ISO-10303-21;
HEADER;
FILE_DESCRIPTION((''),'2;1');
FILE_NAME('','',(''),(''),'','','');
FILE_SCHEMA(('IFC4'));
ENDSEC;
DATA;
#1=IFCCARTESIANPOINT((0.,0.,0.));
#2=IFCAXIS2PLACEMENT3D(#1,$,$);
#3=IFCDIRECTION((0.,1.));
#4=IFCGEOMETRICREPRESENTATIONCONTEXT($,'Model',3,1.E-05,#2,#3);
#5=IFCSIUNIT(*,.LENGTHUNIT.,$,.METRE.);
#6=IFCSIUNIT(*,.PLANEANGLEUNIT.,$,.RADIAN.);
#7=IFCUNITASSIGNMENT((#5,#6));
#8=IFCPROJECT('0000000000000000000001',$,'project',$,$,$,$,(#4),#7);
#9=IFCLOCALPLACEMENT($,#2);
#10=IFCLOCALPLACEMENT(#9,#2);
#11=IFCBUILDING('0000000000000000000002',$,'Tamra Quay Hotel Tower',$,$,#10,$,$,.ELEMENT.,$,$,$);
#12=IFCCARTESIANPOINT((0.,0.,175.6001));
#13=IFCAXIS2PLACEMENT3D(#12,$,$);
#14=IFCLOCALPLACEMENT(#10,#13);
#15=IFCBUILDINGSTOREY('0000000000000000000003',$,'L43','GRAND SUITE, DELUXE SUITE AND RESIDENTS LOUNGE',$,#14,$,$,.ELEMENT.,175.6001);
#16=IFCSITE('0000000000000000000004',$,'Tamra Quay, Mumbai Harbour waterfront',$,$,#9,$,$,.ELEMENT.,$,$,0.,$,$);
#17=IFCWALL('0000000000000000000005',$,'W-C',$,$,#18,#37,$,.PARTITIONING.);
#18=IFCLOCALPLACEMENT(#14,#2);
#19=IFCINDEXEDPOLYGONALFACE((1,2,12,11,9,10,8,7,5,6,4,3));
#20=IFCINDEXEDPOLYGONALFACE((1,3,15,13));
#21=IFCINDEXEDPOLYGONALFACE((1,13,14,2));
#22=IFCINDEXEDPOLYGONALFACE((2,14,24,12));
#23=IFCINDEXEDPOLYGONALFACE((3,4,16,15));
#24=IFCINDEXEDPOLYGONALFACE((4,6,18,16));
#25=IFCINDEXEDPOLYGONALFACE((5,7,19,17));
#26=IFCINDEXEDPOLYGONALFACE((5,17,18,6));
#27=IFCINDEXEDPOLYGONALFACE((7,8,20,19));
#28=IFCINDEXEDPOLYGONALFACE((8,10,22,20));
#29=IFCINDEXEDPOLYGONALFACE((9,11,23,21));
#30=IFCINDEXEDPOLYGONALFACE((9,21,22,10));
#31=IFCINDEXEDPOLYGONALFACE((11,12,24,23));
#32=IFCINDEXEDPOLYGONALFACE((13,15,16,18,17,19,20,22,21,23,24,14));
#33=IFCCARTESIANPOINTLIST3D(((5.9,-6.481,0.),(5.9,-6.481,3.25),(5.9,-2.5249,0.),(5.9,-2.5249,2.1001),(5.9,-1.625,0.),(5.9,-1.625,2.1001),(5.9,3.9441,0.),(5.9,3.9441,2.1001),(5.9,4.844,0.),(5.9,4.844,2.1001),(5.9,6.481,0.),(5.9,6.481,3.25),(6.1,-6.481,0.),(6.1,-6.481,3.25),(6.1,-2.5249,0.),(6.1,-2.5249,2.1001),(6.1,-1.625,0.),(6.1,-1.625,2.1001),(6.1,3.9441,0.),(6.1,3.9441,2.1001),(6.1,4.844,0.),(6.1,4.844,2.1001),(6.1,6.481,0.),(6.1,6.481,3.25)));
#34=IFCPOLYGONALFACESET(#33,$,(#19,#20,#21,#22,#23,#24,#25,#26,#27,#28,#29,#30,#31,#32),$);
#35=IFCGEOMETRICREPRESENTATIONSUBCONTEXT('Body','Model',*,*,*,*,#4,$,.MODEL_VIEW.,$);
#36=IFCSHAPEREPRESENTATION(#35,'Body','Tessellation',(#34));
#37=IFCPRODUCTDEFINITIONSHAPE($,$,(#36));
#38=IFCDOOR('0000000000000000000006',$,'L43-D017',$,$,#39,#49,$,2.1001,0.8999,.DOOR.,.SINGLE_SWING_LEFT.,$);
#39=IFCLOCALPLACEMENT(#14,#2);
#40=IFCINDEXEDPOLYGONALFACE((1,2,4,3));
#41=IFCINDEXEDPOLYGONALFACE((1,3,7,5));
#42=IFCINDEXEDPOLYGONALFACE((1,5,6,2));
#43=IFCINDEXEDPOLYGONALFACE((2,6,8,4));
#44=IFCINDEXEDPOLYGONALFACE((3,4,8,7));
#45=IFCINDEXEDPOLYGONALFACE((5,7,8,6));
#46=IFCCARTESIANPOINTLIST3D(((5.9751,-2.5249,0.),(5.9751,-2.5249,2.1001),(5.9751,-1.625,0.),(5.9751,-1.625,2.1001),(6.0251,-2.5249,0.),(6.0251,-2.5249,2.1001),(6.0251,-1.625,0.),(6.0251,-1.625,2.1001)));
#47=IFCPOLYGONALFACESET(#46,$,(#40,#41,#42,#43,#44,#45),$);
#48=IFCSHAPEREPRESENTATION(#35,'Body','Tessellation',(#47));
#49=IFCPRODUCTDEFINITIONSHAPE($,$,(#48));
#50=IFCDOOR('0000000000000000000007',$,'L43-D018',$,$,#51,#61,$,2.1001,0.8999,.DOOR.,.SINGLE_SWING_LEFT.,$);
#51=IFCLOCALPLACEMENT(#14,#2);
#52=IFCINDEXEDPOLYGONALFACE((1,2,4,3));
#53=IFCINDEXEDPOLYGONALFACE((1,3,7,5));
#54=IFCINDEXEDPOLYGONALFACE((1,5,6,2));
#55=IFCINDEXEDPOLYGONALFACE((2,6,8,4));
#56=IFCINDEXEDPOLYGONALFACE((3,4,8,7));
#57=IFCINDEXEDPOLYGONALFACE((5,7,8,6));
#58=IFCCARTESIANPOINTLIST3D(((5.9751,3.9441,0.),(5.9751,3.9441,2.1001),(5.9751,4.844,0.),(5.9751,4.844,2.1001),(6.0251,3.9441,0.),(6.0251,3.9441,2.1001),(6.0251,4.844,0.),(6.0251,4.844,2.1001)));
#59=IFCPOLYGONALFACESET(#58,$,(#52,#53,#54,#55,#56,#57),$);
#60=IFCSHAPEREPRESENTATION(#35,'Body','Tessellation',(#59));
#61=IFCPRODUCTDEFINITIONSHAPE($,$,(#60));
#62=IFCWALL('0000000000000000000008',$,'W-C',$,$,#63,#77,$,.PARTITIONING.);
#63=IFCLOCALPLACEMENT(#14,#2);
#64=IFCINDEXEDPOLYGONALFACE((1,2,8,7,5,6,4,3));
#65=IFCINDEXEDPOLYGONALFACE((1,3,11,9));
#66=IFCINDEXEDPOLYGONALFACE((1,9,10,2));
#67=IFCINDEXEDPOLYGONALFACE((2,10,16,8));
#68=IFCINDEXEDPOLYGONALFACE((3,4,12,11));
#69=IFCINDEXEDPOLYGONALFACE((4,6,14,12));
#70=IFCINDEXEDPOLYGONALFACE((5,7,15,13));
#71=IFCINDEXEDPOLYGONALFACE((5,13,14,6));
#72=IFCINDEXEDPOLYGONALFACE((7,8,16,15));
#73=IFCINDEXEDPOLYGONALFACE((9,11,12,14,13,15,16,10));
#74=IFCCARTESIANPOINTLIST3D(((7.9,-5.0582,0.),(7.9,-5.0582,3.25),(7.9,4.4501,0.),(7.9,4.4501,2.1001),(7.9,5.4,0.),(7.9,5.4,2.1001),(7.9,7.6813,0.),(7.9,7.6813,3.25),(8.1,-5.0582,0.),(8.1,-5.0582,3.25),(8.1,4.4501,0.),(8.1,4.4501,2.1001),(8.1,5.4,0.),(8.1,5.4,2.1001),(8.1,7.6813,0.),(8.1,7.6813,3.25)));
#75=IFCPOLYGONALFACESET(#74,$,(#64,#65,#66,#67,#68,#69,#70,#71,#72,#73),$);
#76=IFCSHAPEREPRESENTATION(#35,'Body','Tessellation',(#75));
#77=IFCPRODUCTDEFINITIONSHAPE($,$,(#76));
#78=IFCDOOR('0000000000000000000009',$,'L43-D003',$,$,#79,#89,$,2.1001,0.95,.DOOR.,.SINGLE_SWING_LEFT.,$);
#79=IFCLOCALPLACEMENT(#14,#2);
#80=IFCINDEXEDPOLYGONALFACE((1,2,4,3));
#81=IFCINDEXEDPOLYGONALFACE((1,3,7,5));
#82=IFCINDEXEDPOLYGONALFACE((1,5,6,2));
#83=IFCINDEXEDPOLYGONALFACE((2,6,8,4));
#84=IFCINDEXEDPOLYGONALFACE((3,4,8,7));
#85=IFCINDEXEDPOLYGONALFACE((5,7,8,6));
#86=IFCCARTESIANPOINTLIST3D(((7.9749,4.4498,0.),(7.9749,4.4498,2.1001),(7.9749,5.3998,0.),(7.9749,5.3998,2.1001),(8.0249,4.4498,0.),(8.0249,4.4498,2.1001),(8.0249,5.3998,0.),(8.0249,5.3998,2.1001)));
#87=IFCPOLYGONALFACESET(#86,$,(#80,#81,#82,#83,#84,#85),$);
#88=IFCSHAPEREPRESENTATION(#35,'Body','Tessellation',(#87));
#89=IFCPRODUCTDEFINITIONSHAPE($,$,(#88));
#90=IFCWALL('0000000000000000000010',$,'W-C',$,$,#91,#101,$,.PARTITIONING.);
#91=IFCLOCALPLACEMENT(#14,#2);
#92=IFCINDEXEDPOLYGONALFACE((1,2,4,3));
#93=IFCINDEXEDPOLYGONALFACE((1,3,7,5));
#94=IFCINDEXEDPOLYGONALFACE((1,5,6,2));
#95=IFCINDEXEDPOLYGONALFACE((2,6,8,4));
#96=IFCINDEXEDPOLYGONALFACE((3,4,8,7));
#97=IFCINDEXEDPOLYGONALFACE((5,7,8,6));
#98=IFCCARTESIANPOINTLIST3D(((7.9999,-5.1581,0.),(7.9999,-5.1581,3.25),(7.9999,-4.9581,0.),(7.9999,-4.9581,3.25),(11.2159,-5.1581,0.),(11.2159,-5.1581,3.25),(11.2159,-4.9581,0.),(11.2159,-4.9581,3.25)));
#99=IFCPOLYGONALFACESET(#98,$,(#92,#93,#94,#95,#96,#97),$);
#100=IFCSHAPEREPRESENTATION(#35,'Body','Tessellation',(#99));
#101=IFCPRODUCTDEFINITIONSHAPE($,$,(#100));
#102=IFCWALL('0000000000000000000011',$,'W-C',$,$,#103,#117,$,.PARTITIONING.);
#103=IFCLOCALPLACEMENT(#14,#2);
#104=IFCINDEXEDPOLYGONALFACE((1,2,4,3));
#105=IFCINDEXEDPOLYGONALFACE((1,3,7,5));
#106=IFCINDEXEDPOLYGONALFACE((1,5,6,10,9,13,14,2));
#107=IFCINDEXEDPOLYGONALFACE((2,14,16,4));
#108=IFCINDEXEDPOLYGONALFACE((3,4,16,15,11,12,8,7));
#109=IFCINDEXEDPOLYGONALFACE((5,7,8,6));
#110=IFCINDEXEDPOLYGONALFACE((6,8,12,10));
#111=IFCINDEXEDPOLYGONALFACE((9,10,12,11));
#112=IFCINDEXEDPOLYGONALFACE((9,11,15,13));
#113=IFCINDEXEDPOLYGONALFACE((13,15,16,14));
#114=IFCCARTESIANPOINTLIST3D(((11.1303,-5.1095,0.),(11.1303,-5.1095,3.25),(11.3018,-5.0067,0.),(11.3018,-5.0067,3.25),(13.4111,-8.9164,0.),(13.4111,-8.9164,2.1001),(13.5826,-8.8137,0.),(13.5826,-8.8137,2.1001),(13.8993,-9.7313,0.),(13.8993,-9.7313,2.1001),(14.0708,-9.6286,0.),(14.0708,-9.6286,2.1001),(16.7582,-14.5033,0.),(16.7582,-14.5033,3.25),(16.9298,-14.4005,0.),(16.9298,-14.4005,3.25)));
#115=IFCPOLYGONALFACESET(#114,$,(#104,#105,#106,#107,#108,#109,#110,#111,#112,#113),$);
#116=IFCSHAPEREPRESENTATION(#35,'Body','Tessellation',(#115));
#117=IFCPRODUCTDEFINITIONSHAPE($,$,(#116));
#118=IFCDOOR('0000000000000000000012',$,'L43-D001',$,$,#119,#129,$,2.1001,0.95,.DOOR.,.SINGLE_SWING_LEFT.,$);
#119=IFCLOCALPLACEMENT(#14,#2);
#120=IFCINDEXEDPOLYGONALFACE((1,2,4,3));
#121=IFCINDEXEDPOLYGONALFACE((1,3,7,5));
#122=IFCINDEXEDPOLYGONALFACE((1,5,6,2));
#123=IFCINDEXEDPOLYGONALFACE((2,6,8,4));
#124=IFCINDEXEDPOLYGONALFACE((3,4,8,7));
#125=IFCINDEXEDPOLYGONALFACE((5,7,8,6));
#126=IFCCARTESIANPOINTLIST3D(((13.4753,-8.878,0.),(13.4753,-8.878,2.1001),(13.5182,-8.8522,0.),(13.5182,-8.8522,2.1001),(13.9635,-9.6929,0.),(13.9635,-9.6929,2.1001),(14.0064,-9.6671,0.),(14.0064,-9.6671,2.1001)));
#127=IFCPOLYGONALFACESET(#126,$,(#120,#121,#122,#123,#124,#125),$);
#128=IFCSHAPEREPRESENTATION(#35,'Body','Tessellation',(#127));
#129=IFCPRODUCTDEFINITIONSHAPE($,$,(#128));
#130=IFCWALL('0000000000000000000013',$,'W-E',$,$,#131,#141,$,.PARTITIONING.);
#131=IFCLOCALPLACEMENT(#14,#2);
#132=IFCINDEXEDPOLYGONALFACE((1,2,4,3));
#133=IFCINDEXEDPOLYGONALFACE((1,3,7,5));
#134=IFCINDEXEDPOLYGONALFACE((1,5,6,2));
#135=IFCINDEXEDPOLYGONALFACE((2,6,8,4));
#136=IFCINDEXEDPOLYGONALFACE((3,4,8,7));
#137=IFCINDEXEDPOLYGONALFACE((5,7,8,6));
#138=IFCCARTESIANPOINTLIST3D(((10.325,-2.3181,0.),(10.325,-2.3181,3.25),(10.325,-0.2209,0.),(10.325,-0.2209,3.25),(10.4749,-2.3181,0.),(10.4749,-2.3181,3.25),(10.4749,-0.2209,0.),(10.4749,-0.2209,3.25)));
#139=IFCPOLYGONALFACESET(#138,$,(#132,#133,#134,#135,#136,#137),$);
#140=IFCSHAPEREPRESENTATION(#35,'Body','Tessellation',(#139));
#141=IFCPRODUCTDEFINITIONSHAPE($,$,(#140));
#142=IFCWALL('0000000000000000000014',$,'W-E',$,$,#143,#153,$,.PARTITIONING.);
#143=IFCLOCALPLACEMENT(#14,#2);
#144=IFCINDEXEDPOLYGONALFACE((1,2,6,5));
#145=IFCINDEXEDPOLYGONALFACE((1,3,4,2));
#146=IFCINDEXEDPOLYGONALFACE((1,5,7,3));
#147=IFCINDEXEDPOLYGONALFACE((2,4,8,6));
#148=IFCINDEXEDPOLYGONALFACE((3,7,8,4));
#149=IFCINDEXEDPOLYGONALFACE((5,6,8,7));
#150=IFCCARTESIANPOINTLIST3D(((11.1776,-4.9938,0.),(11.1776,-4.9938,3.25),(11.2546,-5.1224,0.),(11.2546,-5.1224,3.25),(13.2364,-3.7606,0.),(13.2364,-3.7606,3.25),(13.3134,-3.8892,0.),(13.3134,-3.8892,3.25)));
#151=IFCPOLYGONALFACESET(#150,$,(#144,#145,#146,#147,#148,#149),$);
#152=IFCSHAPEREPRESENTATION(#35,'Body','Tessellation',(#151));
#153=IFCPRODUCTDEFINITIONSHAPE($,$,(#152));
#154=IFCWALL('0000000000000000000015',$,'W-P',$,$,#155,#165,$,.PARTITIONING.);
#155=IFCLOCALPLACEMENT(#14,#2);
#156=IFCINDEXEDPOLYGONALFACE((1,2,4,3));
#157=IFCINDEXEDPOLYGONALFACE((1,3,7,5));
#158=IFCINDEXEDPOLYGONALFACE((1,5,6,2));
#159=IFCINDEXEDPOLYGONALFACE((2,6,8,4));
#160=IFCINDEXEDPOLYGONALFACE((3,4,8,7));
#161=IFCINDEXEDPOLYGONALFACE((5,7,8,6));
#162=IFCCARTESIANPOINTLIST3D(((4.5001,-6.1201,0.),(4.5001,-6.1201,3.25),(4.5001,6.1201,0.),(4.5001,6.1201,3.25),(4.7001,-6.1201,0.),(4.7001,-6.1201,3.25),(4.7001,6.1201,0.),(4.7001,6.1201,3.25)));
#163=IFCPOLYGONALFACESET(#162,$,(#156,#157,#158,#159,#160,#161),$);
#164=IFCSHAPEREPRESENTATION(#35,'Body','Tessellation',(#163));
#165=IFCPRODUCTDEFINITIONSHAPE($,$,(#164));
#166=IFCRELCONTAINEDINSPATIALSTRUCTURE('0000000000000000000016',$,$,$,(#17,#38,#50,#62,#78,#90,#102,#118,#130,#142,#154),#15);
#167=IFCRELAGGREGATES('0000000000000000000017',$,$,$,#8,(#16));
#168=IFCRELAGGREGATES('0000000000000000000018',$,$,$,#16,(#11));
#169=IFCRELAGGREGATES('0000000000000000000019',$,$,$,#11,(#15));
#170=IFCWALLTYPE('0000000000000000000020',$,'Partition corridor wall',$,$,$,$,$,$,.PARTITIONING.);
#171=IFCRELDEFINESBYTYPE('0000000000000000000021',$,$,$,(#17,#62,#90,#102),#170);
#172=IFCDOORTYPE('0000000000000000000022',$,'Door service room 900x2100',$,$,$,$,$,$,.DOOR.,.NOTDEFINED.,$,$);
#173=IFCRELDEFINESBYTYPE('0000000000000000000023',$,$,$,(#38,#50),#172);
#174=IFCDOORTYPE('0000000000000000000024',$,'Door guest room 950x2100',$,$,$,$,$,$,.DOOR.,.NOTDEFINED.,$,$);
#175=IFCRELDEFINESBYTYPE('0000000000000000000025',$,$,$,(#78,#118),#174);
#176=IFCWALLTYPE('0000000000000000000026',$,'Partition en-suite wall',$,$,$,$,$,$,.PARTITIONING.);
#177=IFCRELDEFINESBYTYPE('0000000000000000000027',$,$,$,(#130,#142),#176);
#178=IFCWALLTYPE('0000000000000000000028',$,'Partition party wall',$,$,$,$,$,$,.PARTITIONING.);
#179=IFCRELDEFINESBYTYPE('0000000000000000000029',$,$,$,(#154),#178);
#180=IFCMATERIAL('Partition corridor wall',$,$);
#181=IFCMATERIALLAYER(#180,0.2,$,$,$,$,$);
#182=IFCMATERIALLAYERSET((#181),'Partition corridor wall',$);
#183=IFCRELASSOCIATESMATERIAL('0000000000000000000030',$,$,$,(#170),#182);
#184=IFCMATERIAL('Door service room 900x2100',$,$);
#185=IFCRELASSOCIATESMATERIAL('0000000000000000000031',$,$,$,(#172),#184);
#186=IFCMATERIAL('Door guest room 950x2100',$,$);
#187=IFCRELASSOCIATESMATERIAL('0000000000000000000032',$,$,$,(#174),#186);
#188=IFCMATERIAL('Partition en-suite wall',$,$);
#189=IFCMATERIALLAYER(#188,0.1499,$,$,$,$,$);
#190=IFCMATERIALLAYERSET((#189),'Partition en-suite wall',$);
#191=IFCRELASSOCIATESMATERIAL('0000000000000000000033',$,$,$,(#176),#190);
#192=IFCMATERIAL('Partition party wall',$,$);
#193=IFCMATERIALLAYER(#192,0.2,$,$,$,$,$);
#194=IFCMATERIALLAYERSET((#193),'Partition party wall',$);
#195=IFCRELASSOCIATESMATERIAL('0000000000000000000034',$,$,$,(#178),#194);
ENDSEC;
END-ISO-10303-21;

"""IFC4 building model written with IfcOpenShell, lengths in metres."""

from ifc_helpers import new_model, si_unit, direction, frame, frame_2d, origin, place, context, subcontext, project, spatial, rectangle, extrude, material, layer, layer_set, type_object, element, fill, save


model = new_model("IFC4")

# Units and contexts
model_context = context("Model", 3, precision=1e-05, world=origin(), true_north=direction((0.0, 1.0)))
body_context = subcontext(model_context, "Body", "Model", "MODEL_VIEW")
ifc_project = project(units=[si_unit("LENGTHUNIT", "METRE"), si_unit("PLANEANGLEUNIT", "RADIAN")], contexts=[model_context])

# Site, building, storey
site_placement = place(None, origin())
site = spatial("IfcSite", under=ifc_project, at=site_placement, Name="Tamra Quay, Mumbai Harbour waterfront", CompositionType="ELEMENT", RefElevation=0.0)
building_placement = place(site_placement, origin())
building = spatial("IfcBuilding", under=site, at=building_placement, Name="Tamra Quay Hotel Tower", CompositionType="ELEMENT")
storey_placement = place(building_placement, frame((0.0, 0.0, 175.6001)))
storey = spatial("IfcBuildingStorey", under=building, at=storey_placement, Name="L43", Description="GRAND SUITE, DELUXE SUITE AND RESIDENTS LOUNGE", CompositionType="ELEMENT", Elevation=175.6001)

# Shared definitions
ifc_material_1 = material(Name="Partition corridor wall")
ifc_layer_1 = layer(ifc_material_1, 0.2)
ifc_layer_set_1 = layer_set([ifc_layer_1], Name="Partition corridor wall")
wall_type_1 = type_object("IfcWallType", Name="Partition corridor wall", PredefinedType="PARTITIONING", material=ifc_layer_set_1)

# Wall, openings, doors
wall_1_placement = place(storey_placement, frame((6.0, -6.481, 0.0), z_axis=(0.0, 0.0, 1.0), x_axis=(0.0, 1.0, 0.0)))
wall_1 = element("IfcWall", 1, at=wall_1_placement, inside=storey, type_object=wall_type_1, Name="W-C", PredefinedType="PARTITIONING", context=body_context, shape_type="SweptSolid", body=[
    extrude(rectangle(XDim=12.9619, YDim=0.2, at=frame_2d((6.481, 0.0))), origin(), (0.0, 0.0, 1.0), 3.25),
])
opening_1_placement = place(wall_1_placement, frame((3.9561, 0.0, 0.0)))
opening_1 = element("IfcOpeningElement", 2, at=opening_1_placement, cuts=wall_1, PredefinedType="OPENING", context=body_context, shape_type="SweptSolid", body=[
    extrude(rectangle(XDim=0.8999, YDim=2.1001, at=frame_2d((0.45, 1.05))), frame((0.0, 0.1099, 0.0), z_axis=(0.0, -1.0, 0.0), x_axis=(1.0, 0.0, 0.0)), (0.0, 0.0, 1.0), 0.22),
])
opening_2_placement = place(wall_1_placement, frame((10.425, 0.0, 0.0)))
opening_2 = element("IfcOpeningElement", 3, at=opening_2_placement, cuts=wall_1, PredefinedType="OPENING", context=body_context, shape_type="SweptSolid", body=[
    extrude(rectangle(XDim=0.8999, YDim=2.1001, at=frame_2d((0.45, 1.05))), frame((0.0, 0.1099, 0.0), z_axis=(0.0, -1.0, 0.0), x_axis=(1.0, 0.0, 0.0)), (0.0, 0.0, 1.0), 0.22),
])
ifc_material_2 = material(Name="Door service room 900x2100")
door_type_1 = type_object("IfcDoorType", Name="Door service room 900x2100", OperationType="NOTDEFINED", PredefinedType="DOOR", material=ifc_material_2)
door_1_placement = place(opening_1_placement, origin())
door_1 = element("IfcDoor", 4, at=door_1_placement, inside=storey, type_object=door_type_1, Name="L43-D017", OperationType="SINGLE_SWING_LEFT", OverallHeight=2.1001, OverallWidth=0.8999, PredefinedType="DOOR", context=body_context, shape_type="SweptSolid", body=[
    extrude(rectangle(XDim=0.8999, YDim=2.1001, at=frame_2d((0.45, 1.05))), frame((0.0, 0.0249, 0.0), z_axis=(0.0, -1.0, 0.0), x_axis=(1.0, 0.0, 0.0)), (0.0, 0.0, 1.0), 0.05),
])
fill(opening_1, door_1)
door_2_placement = place(opening_2_placement, origin())
door_2 = element("IfcDoor", 5, at=door_2_placement, inside=storey, type_object=door_type_1, Name="L43-D018", OperationType="SINGLE_SWING_LEFT", OverallHeight=2.1001, OverallWidth=0.8999, PredefinedType="DOOR", context=body_context, shape_type="SweptSolid", body=[
    extrude(rectangle(XDim=0.8999, YDim=2.1001, at=frame_2d((0.45, 1.05))), frame((0.0, 0.0249, 0.0), z_axis=(0.0, -1.0, 0.0), x_axis=(1.0, 0.0, 0.0)), (0.0, 0.0, 1.0), 0.05),
])
fill(opening_2, door_2)

# Wall, opening, door
wall_2_placement = place(storey_placement, frame((8.0, -5.0581, 0.0), z_axis=(0.0, 0.0, 1.0), x_axis=(0.0, 1.0, 0.0)))
wall_2 = element("IfcWall", 6, at=wall_2_placement, inside=storey, type_object=wall_type_1, Name="W-C", PredefinedType="PARTITIONING", context=body_context, shape_type="SweptSolid", body=[
    extrude(rectangle(XDim=12.7395, YDim=0.2, at=frame_2d((6.3696, 0.0))), origin(), (0.0, 0.0, 1.0), 3.25),
])
opening_3_placement = place(wall_2_placement, frame((9.5081, 0.0, 0.0)))
opening_3 = element("IfcOpeningElement", 7, at=opening_3_placement, cuts=wall_2, PredefinedType="OPENING", context=body_context, shape_type="SweptSolid", body=[
    extrude(rectangle(XDim=0.95, YDim=2.1001, at=frame_2d((0.4751, 1.05))), frame((0.0, 0.1099, 0.0), z_axis=(0.0, -1.0, 0.0), x_axis=(1.0, 0.0, 0.0)), (0.0, 0.0, 1.0), 0.22),
])
ifc_material_3 = material(Name="Door guest room 950x2100")
door_type_2 = type_object("IfcDoorType", Name="Door guest room 950x2100", OperationType="NOTDEFINED", PredefinedType="DOOR", material=ifc_material_3)
door_3_placement = place(opening_3_placement, frame((0.95, 0.0, 0.0), z_axis=(0.0, 0.0, 1.0), x_axis=(-1.0, 0.0, 0.0)))
door_3 = element("IfcDoor", 8, at=door_3_placement, inside=storey, type_object=door_type_2, Name="L43-D003", OperationType="SINGLE_SWING_LEFT", OverallHeight=2.1001, OverallWidth=0.95, PredefinedType="DOOR", context=body_context, shape_type="SweptSolid", body=[
    extrude(rectangle(XDim=0.95, YDim=2.1001, at=frame_2d((0.4751, 1.05))), frame((0.0, 0.0249, 0.0), z_axis=(0.0, -1.0, 0.0), x_axis=(1.0, 0.0, 0.0)), (0.0, 0.0, 1.0), 0.05),
])
fill(opening_3, door_3)

# Wall
wall_3_placement = place(storey_placement, frame((8.0, -5.0581, 0.0), z_axis=(0.0, 0.0, 1.0), x_axis=(1.0, 0.0, 0.0)))
element("IfcWall", 9, at=wall_3_placement, inside=storey, type_object=wall_type_1, Name="W-C", PredefinedType="PARTITIONING", context=body_context, shape_type="SweptSolid", body=[
    extrude(rectangle(XDim=3.2161, YDim=0.2, at=frame_2d((1.6079, 0.0))), origin(), (0.0, 0.0, 1.0), 3.25),
])

# Wall, opening, door
wall_4_placement = place(storey_placement, frame((11.2161, -5.0581, 0.0), z_axis=(0.0, 0.0, 1.0), x_axis=(0.513935, -0.857829, 0.0)))
wall_4 = element("IfcWall", 10, at=wall_4_placement, inside=storey, type_object=wall_type_1, Name="W-C", PredefinedType="PARTITIONING", context=body_context, shape_type="SweptSolid", body=[
    extrude(rectangle(XDim=10.9507, YDim=0.2, at=frame_2d((5.4753, 0.0))), origin(), (0.0, 0.0, 1.0), 3.25),
])
opening_4_placement = place(wall_4_placement, frame((4.4377, 0.0, 0.0)))
opening_4 = element("IfcOpeningElement", 11, at=opening_4_placement, cuts=wall_4, PredefinedType="OPENING", context=body_context, shape_type="SweptSolid", body=[
    extrude(rectangle(XDim=0.95, YDim=2.1001, at=frame_2d((0.4751, 1.05))), frame((0.0, 0.1099, 0.0), z_axis=(0.0, -1.0, 0.0), x_axis=(1.0, 0.0, 0.0)), (0.0, 0.0, 1.0), 0.22),
])
door_4_placement = place(opening_4_placement, origin())
door_4 = element("IfcDoor", 12, at=door_4_placement, inside=storey, type_object=door_type_2, Name="L43-D001", OperationType="SINGLE_SWING_LEFT", OverallHeight=2.1001, OverallWidth=0.95, PredefinedType="DOOR", context=body_context, shape_type="SweptSolid", body=[
    extrude(rectangle(XDim=0.95, YDim=2.1001, at=frame_2d((0.4751, 1.05))), frame((0.0, 0.0249, 0.0), z_axis=(0.0, -1.0, 0.0), x_axis=(1.0, 0.0, 0.0)), (0.0, 0.0, 1.0), 0.05),
])
fill(opening_4, door_4)

# Walls
ifc_material_4 = material(Name="Partition en-suite wall")
ifc_layer_2 = layer(ifc_material_4, 0.1499)
ifc_layer_set_2 = layer_set([ifc_layer_2], Name="Partition en-suite wall")
wall_type_2 = type_object("IfcWallType", Name="Partition en-suite wall", PredefinedType="PARTITIONING", material=ifc_layer_set_2)
wall_5_placement = place(storey_placement, frame((10.3999, -2.3181, 0.0), z_axis=(0.0, 0.0, 1.0), x_axis=(0.0, 1.0, 0.0)))
element("IfcWall", 13, at=wall_5_placement, inside=storey, type_object=wall_type_2, Name="W-E", PredefinedType="PARTITIONING", context=body_context, shape_type="SweptSolid", body=[
    extrude(rectangle(XDim=2.0972, YDim=0.1499, at=frame_2d((1.0486, 0.0))), origin(), (0.0, 0.0, 1.0), 3.25),
])
wall_6_placement = place(storey_placement, frame((11.2161, -5.0581, 0.0), z_axis=(0.0, 0.0, 1.0), x_axis=(0.857888, 0.513837, 0.0)))
element("IfcWall", 14, at=wall_6_placement, inside=storey, type_object=wall_type_2, Name="W-E", PredefinedType="PARTITIONING", context=body_context, shape_type="SweptSolid", body=[
    extrude(rectangle(XDim=2.3999, YDim=0.1499, at=frame_2d((1.2, 0.0))), origin(), (0.0, 0.0, 1.0), 3.25),
])
ifc_material_5 = material(Name="Partition party wall")
ifc_layer_3 = layer(ifc_material_5, 0.2)
ifc_layer_set_3 = layer_set([ifc_layer_3], Name="Partition party wall")
wall_type_3 = type_object("IfcWallType", Name="Partition party wall", PredefinedType="PARTITIONING", material=ifc_layer_set_3)
wall_7_placement = place(storey_placement, frame((4.6001, -6.1201, 0.0), z_axis=(0.0, 0.0, 1.0), x_axis=(0.0, 1.0, 0.0)))
element("IfcWall", 15, at=wall_7_placement, inside=storey, type_object=wall_type_3, Name="W-P", PredefinedType="PARTITIONING", context=body_context, shape_type="SweptSolid", body=[
    extrude(rectangle(XDim=12.2402, YDim=0.2, at=frame_2d((6.1201, 0.0))), origin(), (0.0, 0.0, 1.0), 3.25),
])

save(model, "model.ifc")
